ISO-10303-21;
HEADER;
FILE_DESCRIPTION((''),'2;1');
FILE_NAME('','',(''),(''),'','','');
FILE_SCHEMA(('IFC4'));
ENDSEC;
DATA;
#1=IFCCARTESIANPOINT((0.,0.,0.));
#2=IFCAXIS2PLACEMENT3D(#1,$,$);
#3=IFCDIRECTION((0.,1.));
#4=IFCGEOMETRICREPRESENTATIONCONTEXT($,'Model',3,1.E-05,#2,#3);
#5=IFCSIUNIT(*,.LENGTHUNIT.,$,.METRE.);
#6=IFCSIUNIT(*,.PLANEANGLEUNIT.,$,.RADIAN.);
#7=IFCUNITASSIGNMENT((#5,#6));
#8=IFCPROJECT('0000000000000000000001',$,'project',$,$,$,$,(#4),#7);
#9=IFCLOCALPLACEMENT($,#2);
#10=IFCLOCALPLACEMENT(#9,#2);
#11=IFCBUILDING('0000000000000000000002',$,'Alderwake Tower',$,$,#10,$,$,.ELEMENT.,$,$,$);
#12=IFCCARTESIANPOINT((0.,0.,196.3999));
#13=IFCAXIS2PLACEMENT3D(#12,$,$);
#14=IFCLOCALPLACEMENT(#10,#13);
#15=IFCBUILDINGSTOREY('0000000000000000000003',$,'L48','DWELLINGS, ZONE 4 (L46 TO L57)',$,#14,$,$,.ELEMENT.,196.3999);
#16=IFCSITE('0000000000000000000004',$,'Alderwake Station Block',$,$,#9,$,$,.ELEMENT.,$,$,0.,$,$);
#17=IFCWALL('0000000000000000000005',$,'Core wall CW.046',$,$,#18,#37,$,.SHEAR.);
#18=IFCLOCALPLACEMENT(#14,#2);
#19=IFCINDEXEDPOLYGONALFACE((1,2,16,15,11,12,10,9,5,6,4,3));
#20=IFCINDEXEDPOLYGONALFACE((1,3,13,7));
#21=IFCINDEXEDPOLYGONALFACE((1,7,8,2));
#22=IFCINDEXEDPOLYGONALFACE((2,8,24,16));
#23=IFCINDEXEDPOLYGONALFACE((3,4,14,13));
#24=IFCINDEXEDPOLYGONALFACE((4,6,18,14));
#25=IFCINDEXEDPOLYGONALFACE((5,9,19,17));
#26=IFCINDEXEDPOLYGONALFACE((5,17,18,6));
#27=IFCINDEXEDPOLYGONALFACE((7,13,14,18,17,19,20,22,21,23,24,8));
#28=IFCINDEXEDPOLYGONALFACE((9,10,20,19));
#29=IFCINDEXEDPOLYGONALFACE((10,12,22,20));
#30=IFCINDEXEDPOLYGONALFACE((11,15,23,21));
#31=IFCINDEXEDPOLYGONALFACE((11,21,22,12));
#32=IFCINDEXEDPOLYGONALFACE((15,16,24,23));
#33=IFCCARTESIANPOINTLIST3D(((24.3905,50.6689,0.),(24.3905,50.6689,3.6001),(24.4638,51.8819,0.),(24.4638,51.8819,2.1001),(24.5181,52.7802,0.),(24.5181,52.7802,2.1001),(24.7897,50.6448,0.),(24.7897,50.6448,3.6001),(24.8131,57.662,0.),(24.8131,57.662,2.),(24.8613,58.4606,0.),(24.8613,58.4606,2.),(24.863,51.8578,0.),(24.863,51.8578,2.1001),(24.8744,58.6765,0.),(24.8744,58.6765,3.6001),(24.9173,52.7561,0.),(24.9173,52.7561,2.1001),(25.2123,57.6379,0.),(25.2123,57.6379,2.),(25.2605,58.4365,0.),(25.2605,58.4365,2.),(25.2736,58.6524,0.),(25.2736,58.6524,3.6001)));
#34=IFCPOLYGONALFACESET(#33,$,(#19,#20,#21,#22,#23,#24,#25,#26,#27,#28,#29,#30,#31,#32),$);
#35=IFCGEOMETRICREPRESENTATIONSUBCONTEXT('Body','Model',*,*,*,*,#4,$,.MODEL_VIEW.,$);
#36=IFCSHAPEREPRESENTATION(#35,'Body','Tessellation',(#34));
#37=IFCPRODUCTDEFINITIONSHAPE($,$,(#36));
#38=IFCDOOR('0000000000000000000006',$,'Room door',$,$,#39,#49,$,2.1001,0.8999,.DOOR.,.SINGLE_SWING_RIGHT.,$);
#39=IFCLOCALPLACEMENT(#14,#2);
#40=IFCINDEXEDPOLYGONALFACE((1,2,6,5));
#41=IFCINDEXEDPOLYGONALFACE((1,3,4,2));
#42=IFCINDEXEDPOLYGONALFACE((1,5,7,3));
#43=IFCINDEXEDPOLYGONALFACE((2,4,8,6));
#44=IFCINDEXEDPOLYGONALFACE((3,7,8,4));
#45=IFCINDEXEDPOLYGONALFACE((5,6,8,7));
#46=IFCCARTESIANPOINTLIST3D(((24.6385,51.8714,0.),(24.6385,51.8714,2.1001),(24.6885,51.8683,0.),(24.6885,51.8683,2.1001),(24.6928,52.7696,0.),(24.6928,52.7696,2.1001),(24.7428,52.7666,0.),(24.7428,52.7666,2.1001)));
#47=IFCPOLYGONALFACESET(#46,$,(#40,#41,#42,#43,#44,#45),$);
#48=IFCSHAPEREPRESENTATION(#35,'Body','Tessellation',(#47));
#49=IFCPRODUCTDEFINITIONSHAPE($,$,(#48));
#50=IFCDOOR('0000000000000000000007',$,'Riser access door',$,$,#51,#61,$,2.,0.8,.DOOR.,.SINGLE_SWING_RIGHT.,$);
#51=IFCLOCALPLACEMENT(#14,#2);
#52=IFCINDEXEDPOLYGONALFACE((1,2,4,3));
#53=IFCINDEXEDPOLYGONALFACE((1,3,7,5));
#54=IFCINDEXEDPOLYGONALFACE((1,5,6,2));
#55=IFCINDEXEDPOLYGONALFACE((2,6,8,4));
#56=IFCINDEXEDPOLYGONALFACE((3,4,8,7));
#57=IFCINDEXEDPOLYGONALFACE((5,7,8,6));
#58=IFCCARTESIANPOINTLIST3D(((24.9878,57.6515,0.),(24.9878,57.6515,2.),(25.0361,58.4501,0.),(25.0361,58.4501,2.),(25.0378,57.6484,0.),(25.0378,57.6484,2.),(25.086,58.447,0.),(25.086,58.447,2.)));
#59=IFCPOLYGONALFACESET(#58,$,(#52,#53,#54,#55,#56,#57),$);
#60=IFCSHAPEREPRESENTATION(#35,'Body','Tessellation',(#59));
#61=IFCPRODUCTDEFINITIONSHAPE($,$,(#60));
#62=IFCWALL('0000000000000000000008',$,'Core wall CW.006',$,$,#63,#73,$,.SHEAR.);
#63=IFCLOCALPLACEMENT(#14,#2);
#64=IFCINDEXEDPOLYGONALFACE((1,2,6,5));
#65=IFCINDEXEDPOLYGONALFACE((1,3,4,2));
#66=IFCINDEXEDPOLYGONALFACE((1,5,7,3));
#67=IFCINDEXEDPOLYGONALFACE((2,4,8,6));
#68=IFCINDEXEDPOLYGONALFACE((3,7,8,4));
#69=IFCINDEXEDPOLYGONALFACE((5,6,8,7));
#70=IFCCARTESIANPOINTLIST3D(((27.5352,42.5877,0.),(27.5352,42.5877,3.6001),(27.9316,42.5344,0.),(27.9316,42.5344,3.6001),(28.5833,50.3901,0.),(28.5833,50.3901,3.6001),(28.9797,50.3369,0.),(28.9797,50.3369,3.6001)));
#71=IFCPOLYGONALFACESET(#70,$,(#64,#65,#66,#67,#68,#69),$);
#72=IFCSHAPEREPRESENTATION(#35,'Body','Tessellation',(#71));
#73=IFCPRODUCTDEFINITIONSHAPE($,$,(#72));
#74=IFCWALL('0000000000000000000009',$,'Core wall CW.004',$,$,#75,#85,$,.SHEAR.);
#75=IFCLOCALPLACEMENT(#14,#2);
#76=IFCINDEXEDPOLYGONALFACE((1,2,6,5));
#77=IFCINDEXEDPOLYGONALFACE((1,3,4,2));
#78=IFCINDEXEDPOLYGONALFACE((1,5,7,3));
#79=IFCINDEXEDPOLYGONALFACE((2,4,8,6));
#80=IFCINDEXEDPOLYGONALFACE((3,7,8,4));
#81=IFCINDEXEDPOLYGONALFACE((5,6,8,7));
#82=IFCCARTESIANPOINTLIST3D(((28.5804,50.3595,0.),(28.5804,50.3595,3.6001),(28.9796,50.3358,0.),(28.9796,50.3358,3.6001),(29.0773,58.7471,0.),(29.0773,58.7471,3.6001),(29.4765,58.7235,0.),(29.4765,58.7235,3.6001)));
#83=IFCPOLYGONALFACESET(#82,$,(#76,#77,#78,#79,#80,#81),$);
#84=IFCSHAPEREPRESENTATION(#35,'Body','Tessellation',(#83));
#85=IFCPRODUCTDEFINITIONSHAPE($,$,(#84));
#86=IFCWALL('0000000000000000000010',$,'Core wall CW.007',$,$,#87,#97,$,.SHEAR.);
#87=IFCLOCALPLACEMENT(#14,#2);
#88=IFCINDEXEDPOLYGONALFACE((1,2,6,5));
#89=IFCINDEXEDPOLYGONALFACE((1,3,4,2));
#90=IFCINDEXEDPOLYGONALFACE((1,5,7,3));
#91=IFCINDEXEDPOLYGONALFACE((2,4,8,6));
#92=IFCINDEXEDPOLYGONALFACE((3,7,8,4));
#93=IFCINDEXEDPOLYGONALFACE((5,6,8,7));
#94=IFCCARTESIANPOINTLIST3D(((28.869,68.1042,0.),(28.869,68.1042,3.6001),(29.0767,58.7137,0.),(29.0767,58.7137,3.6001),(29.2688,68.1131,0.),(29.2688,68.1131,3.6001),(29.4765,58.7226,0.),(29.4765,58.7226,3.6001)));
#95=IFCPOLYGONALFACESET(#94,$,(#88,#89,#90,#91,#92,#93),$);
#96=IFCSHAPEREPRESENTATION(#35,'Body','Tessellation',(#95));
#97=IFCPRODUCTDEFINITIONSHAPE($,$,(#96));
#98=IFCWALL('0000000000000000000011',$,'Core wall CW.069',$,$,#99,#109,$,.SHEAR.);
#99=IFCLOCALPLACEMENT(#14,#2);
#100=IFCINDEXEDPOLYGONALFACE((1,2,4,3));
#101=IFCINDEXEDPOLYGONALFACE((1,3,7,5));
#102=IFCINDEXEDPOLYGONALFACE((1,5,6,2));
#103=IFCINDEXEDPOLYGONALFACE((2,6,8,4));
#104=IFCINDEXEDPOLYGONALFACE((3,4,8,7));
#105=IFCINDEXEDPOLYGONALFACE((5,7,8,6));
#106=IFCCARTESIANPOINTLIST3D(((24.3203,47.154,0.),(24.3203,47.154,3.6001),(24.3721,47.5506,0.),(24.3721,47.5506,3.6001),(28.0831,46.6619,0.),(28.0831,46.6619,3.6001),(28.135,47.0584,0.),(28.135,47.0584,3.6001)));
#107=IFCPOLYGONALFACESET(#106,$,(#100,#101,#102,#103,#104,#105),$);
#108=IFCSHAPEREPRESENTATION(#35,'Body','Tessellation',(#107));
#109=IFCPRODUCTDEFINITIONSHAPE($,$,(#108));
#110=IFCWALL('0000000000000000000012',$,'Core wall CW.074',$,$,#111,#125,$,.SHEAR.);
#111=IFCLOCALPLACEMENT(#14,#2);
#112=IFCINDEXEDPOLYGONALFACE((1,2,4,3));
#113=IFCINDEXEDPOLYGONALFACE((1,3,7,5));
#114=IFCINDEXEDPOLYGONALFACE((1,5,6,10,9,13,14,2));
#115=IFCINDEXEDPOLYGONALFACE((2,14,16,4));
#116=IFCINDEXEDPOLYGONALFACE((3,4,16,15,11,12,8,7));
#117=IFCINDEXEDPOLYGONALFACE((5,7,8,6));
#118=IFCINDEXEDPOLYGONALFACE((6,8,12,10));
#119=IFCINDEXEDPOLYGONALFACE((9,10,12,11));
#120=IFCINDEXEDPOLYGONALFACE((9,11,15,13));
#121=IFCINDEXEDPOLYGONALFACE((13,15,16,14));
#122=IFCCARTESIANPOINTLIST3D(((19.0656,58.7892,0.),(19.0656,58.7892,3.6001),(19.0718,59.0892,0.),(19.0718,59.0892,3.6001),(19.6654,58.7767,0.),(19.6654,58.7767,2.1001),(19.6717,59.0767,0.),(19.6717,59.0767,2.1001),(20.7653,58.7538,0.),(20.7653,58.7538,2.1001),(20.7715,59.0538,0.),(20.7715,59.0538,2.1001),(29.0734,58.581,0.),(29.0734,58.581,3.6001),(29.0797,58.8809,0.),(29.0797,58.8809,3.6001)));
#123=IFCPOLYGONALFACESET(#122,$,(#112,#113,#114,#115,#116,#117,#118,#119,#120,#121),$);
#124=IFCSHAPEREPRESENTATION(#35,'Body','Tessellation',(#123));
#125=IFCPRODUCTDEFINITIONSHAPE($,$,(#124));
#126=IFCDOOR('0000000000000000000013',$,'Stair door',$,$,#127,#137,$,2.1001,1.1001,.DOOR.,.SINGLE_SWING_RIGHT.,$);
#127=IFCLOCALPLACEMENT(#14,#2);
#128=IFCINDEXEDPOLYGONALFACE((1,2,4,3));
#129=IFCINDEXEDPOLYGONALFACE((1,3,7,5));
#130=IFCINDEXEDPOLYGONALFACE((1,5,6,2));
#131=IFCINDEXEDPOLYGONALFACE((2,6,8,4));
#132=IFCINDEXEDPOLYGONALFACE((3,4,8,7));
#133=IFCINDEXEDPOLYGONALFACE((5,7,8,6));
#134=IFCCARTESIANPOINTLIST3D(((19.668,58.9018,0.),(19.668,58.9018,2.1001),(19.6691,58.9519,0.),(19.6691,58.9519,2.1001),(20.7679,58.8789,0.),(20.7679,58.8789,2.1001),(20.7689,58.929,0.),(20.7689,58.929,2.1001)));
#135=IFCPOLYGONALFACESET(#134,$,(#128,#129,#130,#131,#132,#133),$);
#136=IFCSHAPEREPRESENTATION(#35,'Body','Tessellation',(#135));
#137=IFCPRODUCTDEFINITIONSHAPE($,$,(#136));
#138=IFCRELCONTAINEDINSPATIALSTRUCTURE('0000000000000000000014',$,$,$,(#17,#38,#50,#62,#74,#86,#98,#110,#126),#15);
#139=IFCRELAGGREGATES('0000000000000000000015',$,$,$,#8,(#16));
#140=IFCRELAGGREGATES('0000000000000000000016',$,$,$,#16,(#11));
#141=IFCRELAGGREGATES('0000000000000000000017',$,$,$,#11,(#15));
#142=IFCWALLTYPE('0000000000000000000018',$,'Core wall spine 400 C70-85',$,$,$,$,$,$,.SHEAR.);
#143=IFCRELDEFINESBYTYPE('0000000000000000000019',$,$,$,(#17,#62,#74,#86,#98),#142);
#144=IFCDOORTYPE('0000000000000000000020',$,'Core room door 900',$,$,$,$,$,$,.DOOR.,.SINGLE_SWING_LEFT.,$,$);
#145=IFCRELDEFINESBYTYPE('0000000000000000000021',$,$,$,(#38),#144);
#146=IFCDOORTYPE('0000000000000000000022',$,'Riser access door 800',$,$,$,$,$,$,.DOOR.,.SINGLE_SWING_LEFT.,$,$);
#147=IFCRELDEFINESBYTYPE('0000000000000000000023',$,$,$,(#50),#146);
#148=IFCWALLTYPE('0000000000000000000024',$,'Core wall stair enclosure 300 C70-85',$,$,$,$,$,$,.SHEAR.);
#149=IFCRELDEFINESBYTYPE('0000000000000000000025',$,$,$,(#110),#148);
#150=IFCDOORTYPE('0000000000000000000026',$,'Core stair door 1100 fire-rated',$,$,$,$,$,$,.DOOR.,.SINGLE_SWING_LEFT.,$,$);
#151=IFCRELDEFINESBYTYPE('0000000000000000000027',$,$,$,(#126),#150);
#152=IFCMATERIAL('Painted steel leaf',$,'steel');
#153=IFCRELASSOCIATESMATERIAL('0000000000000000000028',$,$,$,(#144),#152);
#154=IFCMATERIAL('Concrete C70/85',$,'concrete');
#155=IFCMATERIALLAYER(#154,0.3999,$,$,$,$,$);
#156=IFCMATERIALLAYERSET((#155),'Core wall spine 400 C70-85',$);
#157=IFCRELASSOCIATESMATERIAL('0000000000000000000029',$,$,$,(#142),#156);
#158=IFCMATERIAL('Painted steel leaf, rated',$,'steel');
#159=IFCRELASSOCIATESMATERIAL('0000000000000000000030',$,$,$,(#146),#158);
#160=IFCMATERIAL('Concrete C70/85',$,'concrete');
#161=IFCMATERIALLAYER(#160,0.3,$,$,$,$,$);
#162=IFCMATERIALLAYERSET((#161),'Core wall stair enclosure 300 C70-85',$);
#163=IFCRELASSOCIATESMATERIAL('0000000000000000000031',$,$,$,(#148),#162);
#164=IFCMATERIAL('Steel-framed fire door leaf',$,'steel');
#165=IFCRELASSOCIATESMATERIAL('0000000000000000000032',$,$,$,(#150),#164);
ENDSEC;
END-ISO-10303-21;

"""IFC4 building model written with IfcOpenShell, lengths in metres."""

from ifc_helpers import new_model, si_unit, direction, frame, frame_2d, origin, place, context, subcontext, project, spatial, rectangle, extrude, material, layer, layer_set, type_object, element, fill, save


model = new_model("IFC4")

# Units and contexts
model_context = context("Model", 3, precision=1e-05, world=origin(), true_north=direction((0.0, 1.0)))
body_context = subcontext(model_context, "Body", "Model", "MODEL_VIEW")
ifc_project = project(units=[si_unit("LENGTHUNIT", "METRE"), si_unit("PLANEANGLEUNIT", "RADIAN")], contexts=[model_context])

# Site, building, storey
site_placement = place(None, origin())
site = spatial("IfcSite", under=ifc_project, at=site_placement, Name="Alderwake Station Block", CompositionType="ELEMENT", RefElevation=0.0)
building_placement = place(site_placement, origin())
building = spatial("IfcBuilding", under=site, at=building_placement, Name="Alderwake Tower", CompositionType="ELEMENT")
storey_placement = place(building_placement, frame((0.0, 0.0, 196.3999)))
storey = spatial("IfcBuildingStorey", under=building, at=storey_placement, Name="L48", Description="DWELLINGS, ZONE 4 (L46 TO L57)", CompositionType="ELEMENT", Elevation=196.3999)

# Shared definitions
ifc_material_1 = material(Name="Painted steel leaf", Category="steel")
door_type_1 = type_object("IfcDoorType", Name="Core room door 900", OperationType="SINGLE_SWING_LEFT", PredefinedType="DOOR", material=ifc_material_1)

# Wall, openings, doors
ifc_material_2 = material(Name="Concrete C70/85", Category="concrete")
ifc_layer_1 = layer(ifc_material_2, 0.3999)
ifc_layer_set_1 = layer_set([ifc_layer_1], Name="Core wall spine 400 C70-85")
wall_type_1 = type_object("IfcWallType", Name="Core wall spine 400 C70-85", PredefinedType="SHEAR", material=ifc_layer_set_1)
wall_1_placement = place(storey_placement, frame((24.5901, 50.6567, 0.0), z_axis=(0.0, 0.0, 1.0), x_axis=(0.060319, 0.998179, 0.0)))
wall_1 = element("IfcWall", 1, at=wall_1_placement, inside=storey, type_object=wall_type_1, Name="Core wall CW.046", PredefinedType="SHEAR", context=body_context, shape_type="SweptSolid", body=[
    extrude(rectangle(XDim=8.0222, YDim=0.3999, at=frame_2d((4.0112, 0.0))), origin(), (0.0, 0.0, 1.0), 3.6001),
])
opening_1_placement = place(wall_1_placement, frame((7.0061, 0.0, 0.0)))
opening_1 = element("IfcOpeningElement", 2, at=opening_1_placement, cuts=wall_1, PredefinedType="OPENING", context=body_context, shape_type="SweptSolid", body=[
    extrude(rectangle(XDim=0.8, YDim=2.0, at=frame_2d((0.3999, 1.0))), frame((0.0, 0.21, 0.0), z_axis=(0.0, -1.0, 0.0), x_axis=(1.0, 0.0, 0.0)), (0.0, 0.0, 1.0), 0.4199),
])
opening_2_placement = place(wall_1_placement, frame((1.2153, 0.0, 0.0)))
opening_2 = element("IfcOpeningElement", 3, at=opening_2_placement, cuts=wall_1, PredefinedType="OPENING", context=body_context, shape_type="SweptSolid", body=[
    extrude(rectangle(XDim=0.8999, YDim=2.1001, at=frame_2d((0.45, 1.05))), frame((0.0, 0.21, 0.0), z_axis=(0.0, -1.0, 0.0), x_axis=(1.0, 0.0, 0.0)), (0.0, 0.0, 1.0), 0.4199),
])
door_1_placement = place(opening_2_placement, origin())
door_1 = element("IfcDoor", 4, at=door_1_placement, inside=storey, type_object=door_type_1, Name="Room door", OperationType="SINGLE_SWING_RIGHT", OverallHeight=2.1001, OverallWidth=0.8999, PredefinedType="DOOR", context=body_context, shape_type="SweptSolid", body=[
    extrude(rectangle(XDim=0.8999, YDim=2.1001, at=frame_2d((0.45, 1.05))), frame((0.0, 0.0249, 0.0), z_axis=(0.0, -1.0, 0.0), x_axis=(1.0, 0.0, 0.0)), (0.0, 0.0, 1.0), 0.05),
])
fill(opening_2, door_1)
ifc_material_3 = material(Name="Painted steel leaf, rated", Category="steel")
door_type_2 = type_object("IfcDoorType", Name="Riser access door 800", OperationType="SINGLE_SWING_LEFT", PredefinedType="DOOR", material=ifc_material_3)
door_2_placement = place(opening_1_placement, origin())
door_2 = element("IfcDoor", 5, at=door_2_placement, inside=storey, type_object=door_type_2, Name="Riser access door", OperationType="SINGLE_SWING_RIGHT", OverallHeight=2.0, OverallWidth=0.8, PredefinedType="DOOR", context=body_context, shape_type="SweptSolid", body=[
    extrude(rectangle(XDim=0.8, YDim=2.0, at=frame_2d((0.3999, 1.0))), frame((0.0, 0.0249, 0.0), z_axis=(0.0, -1.0, 0.0), x_axis=(1.0, 0.0, 0.0)), (0.0, 0.0, 1.0), 0.05),
])
fill(opening_1, door_2)

# Walls
wall_2_placement = place(storey_placement, frame((27.7334, 42.561, 0.0), z_axis=(0.0, 0.0, 1.0), x_axis=(0.133133, 0.991098, 0.0)))
element("IfcWall", 6, at=wall_2_placement, inside=storey, type_object=wall_type_1, Name="Core wall CW.006", PredefinedType="SHEAR", context=body_context, shape_type="SweptSolid", body=[
    extrude(rectangle(XDim=7.8726, YDim=0.3999, at=frame_2d((3.9363, 0.0))), origin(), (0.0, 0.0, 1.0), 3.6001),
])
wall_3_placement = place(storey_placement, frame((28.78, 50.3477, 0.0), z_axis=(0.0, 0.0, 1.0), x_axis=(0.059129, 0.99825, 0.0)))
element("IfcWall", 7, at=wall_3_placement, inside=storey, type_object=wall_type_1, Name="Core wall CW.004", PredefinedType="SHEAR", context=body_context, shape_type="SweptSolid", body=[
    extrude(rectangle(XDim=8.4023, YDim=0.3999, at=frame_2d((4.2012, 0.0))), origin(), (0.0, 0.0, 1.0), 3.6001),
])
wall_4_placement = place(storey_placement, frame((29.2766, 58.7183, 0.0), z_axis=(0.0, 0.0, 1.0), x_axis=(-0.022119, 0.999755, 0.0)))
element("IfcWall", 8, at=wall_4_placement, inside=storey, type_object=wall_type_1, Name="Core wall CW.007", PredefinedType="SHEAR", context=body_context, shape_type="SweptSolid", body=[
    extrude(rectangle(XDim=9.3928, YDim=0.3999, at=frame_2d((4.6963, 0.0))), origin(), (0.0, 0.0, 1.0), 3.6001),
])
wall_5_placement = place(storey_placement, frame((24.3462, 47.3523, 0.0), z_axis=(0.0, 0.0, 1.0), x_axis=(0.991554, -0.129694, 0.0)))
element("IfcWall", 9, at=wall_5_placement, inside=storey, type_object=wall_type_1, Name="Core wall CW.069", PredefinedType="SHEAR", context=body_context, shape_type="SweptSolid", body=[
    extrude(rectangle(XDim=3.7949, YDim=0.3999, at=frame_2d((1.8975, 0.0))), origin(), (0.0, 0.0, 1.0), 3.6001),
])

# Wall, opening, door
ifc_material_4 = material(Name="Concrete C70/85", Category="concrete")
ifc_layer_2 = layer(ifc_material_4, 0.3)
ifc_layer_set_2 = layer_set([ifc_layer_2], Name="Core wall stair enclosure 300 C70-85")
wall_type_2 = type_object("IfcWallType", Name="Core wall stair enclosure 300 C70-85", PredefinedType="SHEAR", material=ifc_layer_set_2)
wall_6_placement = place(storey_placement, frame((29.0764, 58.731, 0.0), z_axis=(0.0, 0.0, 1.0), x_axis=(-0.999784, 0.020804, 0.0)))
wall_6 = element("IfcWall", 10, at=wall_6_placement, inside=storey, type_object=wall_type_2, Name="Core wall CW.074", PredefinedType="SHEAR", context=body_context, shape_type="SweptSolid", body=[
    extrude(rectangle(XDim=10.01, YDim=0.3, at=frame_2d((5.0049, 0.0))), origin(), (0.0, 0.0, 1.0), 3.6001),
])
opening_3_placement = place(wall_6_placement, frame((8.3098, 0.0, 0.0)))
opening_3 = element("IfcOpeningElement", 11, at=opening_3_placement, cuts=wall_6, PredefinedType="OPENING", context=body_context, shape_type="SweptSolid", body=[
    extrude(rectangle(XDim=1.1001, YDim=2.1001, at=frame_2d((0.55, 1.05))), frame((0.0, 0.1599, 0.0), z_axis=(0.0, -1.0, 0.0), x_axis=(1.0, 0.0, 0.0)), (0.0, 0.0, 1.0), 0.3201),
])
ifc_material_5 = material(Name="Steel-framed fire door leaf", Category="steel")
door_type_3 = type_object("IfcDoorType", Name="Core stair door 1100 fire-rated", OperationType="SINGLE_SWING_LEFT", PredefinedType="DOOR", material=ifc_material_5)
door_3_placement = place(opening_3_placement, origin())
door_3 = element("IfcDoor", 12, at=door_3_placement, inside=storey, type_object=door_type_3, Name="Stair door", OperationType="SINGLE_SWING_RIGHT", OverallHeight=2.1001, OverallWidth=1.1001, PredefinedType="DOOR", context=body_context, shape_type="SweptSolid", body=[
    extrude(rectangle(XDim=1.1001, YDim=2.1001, at=frame_2d((0.55, 1.05))), frame((0.0, 0.0249, 0.0), z_axis=(0.0, -1.0, 0.0), x_axis=(1.0, 0.0, 0.0)), (0.0, 0.0, 1.0), 0.05),
])
fill(opening_3, door_3)

save(model, "model.ifc")
